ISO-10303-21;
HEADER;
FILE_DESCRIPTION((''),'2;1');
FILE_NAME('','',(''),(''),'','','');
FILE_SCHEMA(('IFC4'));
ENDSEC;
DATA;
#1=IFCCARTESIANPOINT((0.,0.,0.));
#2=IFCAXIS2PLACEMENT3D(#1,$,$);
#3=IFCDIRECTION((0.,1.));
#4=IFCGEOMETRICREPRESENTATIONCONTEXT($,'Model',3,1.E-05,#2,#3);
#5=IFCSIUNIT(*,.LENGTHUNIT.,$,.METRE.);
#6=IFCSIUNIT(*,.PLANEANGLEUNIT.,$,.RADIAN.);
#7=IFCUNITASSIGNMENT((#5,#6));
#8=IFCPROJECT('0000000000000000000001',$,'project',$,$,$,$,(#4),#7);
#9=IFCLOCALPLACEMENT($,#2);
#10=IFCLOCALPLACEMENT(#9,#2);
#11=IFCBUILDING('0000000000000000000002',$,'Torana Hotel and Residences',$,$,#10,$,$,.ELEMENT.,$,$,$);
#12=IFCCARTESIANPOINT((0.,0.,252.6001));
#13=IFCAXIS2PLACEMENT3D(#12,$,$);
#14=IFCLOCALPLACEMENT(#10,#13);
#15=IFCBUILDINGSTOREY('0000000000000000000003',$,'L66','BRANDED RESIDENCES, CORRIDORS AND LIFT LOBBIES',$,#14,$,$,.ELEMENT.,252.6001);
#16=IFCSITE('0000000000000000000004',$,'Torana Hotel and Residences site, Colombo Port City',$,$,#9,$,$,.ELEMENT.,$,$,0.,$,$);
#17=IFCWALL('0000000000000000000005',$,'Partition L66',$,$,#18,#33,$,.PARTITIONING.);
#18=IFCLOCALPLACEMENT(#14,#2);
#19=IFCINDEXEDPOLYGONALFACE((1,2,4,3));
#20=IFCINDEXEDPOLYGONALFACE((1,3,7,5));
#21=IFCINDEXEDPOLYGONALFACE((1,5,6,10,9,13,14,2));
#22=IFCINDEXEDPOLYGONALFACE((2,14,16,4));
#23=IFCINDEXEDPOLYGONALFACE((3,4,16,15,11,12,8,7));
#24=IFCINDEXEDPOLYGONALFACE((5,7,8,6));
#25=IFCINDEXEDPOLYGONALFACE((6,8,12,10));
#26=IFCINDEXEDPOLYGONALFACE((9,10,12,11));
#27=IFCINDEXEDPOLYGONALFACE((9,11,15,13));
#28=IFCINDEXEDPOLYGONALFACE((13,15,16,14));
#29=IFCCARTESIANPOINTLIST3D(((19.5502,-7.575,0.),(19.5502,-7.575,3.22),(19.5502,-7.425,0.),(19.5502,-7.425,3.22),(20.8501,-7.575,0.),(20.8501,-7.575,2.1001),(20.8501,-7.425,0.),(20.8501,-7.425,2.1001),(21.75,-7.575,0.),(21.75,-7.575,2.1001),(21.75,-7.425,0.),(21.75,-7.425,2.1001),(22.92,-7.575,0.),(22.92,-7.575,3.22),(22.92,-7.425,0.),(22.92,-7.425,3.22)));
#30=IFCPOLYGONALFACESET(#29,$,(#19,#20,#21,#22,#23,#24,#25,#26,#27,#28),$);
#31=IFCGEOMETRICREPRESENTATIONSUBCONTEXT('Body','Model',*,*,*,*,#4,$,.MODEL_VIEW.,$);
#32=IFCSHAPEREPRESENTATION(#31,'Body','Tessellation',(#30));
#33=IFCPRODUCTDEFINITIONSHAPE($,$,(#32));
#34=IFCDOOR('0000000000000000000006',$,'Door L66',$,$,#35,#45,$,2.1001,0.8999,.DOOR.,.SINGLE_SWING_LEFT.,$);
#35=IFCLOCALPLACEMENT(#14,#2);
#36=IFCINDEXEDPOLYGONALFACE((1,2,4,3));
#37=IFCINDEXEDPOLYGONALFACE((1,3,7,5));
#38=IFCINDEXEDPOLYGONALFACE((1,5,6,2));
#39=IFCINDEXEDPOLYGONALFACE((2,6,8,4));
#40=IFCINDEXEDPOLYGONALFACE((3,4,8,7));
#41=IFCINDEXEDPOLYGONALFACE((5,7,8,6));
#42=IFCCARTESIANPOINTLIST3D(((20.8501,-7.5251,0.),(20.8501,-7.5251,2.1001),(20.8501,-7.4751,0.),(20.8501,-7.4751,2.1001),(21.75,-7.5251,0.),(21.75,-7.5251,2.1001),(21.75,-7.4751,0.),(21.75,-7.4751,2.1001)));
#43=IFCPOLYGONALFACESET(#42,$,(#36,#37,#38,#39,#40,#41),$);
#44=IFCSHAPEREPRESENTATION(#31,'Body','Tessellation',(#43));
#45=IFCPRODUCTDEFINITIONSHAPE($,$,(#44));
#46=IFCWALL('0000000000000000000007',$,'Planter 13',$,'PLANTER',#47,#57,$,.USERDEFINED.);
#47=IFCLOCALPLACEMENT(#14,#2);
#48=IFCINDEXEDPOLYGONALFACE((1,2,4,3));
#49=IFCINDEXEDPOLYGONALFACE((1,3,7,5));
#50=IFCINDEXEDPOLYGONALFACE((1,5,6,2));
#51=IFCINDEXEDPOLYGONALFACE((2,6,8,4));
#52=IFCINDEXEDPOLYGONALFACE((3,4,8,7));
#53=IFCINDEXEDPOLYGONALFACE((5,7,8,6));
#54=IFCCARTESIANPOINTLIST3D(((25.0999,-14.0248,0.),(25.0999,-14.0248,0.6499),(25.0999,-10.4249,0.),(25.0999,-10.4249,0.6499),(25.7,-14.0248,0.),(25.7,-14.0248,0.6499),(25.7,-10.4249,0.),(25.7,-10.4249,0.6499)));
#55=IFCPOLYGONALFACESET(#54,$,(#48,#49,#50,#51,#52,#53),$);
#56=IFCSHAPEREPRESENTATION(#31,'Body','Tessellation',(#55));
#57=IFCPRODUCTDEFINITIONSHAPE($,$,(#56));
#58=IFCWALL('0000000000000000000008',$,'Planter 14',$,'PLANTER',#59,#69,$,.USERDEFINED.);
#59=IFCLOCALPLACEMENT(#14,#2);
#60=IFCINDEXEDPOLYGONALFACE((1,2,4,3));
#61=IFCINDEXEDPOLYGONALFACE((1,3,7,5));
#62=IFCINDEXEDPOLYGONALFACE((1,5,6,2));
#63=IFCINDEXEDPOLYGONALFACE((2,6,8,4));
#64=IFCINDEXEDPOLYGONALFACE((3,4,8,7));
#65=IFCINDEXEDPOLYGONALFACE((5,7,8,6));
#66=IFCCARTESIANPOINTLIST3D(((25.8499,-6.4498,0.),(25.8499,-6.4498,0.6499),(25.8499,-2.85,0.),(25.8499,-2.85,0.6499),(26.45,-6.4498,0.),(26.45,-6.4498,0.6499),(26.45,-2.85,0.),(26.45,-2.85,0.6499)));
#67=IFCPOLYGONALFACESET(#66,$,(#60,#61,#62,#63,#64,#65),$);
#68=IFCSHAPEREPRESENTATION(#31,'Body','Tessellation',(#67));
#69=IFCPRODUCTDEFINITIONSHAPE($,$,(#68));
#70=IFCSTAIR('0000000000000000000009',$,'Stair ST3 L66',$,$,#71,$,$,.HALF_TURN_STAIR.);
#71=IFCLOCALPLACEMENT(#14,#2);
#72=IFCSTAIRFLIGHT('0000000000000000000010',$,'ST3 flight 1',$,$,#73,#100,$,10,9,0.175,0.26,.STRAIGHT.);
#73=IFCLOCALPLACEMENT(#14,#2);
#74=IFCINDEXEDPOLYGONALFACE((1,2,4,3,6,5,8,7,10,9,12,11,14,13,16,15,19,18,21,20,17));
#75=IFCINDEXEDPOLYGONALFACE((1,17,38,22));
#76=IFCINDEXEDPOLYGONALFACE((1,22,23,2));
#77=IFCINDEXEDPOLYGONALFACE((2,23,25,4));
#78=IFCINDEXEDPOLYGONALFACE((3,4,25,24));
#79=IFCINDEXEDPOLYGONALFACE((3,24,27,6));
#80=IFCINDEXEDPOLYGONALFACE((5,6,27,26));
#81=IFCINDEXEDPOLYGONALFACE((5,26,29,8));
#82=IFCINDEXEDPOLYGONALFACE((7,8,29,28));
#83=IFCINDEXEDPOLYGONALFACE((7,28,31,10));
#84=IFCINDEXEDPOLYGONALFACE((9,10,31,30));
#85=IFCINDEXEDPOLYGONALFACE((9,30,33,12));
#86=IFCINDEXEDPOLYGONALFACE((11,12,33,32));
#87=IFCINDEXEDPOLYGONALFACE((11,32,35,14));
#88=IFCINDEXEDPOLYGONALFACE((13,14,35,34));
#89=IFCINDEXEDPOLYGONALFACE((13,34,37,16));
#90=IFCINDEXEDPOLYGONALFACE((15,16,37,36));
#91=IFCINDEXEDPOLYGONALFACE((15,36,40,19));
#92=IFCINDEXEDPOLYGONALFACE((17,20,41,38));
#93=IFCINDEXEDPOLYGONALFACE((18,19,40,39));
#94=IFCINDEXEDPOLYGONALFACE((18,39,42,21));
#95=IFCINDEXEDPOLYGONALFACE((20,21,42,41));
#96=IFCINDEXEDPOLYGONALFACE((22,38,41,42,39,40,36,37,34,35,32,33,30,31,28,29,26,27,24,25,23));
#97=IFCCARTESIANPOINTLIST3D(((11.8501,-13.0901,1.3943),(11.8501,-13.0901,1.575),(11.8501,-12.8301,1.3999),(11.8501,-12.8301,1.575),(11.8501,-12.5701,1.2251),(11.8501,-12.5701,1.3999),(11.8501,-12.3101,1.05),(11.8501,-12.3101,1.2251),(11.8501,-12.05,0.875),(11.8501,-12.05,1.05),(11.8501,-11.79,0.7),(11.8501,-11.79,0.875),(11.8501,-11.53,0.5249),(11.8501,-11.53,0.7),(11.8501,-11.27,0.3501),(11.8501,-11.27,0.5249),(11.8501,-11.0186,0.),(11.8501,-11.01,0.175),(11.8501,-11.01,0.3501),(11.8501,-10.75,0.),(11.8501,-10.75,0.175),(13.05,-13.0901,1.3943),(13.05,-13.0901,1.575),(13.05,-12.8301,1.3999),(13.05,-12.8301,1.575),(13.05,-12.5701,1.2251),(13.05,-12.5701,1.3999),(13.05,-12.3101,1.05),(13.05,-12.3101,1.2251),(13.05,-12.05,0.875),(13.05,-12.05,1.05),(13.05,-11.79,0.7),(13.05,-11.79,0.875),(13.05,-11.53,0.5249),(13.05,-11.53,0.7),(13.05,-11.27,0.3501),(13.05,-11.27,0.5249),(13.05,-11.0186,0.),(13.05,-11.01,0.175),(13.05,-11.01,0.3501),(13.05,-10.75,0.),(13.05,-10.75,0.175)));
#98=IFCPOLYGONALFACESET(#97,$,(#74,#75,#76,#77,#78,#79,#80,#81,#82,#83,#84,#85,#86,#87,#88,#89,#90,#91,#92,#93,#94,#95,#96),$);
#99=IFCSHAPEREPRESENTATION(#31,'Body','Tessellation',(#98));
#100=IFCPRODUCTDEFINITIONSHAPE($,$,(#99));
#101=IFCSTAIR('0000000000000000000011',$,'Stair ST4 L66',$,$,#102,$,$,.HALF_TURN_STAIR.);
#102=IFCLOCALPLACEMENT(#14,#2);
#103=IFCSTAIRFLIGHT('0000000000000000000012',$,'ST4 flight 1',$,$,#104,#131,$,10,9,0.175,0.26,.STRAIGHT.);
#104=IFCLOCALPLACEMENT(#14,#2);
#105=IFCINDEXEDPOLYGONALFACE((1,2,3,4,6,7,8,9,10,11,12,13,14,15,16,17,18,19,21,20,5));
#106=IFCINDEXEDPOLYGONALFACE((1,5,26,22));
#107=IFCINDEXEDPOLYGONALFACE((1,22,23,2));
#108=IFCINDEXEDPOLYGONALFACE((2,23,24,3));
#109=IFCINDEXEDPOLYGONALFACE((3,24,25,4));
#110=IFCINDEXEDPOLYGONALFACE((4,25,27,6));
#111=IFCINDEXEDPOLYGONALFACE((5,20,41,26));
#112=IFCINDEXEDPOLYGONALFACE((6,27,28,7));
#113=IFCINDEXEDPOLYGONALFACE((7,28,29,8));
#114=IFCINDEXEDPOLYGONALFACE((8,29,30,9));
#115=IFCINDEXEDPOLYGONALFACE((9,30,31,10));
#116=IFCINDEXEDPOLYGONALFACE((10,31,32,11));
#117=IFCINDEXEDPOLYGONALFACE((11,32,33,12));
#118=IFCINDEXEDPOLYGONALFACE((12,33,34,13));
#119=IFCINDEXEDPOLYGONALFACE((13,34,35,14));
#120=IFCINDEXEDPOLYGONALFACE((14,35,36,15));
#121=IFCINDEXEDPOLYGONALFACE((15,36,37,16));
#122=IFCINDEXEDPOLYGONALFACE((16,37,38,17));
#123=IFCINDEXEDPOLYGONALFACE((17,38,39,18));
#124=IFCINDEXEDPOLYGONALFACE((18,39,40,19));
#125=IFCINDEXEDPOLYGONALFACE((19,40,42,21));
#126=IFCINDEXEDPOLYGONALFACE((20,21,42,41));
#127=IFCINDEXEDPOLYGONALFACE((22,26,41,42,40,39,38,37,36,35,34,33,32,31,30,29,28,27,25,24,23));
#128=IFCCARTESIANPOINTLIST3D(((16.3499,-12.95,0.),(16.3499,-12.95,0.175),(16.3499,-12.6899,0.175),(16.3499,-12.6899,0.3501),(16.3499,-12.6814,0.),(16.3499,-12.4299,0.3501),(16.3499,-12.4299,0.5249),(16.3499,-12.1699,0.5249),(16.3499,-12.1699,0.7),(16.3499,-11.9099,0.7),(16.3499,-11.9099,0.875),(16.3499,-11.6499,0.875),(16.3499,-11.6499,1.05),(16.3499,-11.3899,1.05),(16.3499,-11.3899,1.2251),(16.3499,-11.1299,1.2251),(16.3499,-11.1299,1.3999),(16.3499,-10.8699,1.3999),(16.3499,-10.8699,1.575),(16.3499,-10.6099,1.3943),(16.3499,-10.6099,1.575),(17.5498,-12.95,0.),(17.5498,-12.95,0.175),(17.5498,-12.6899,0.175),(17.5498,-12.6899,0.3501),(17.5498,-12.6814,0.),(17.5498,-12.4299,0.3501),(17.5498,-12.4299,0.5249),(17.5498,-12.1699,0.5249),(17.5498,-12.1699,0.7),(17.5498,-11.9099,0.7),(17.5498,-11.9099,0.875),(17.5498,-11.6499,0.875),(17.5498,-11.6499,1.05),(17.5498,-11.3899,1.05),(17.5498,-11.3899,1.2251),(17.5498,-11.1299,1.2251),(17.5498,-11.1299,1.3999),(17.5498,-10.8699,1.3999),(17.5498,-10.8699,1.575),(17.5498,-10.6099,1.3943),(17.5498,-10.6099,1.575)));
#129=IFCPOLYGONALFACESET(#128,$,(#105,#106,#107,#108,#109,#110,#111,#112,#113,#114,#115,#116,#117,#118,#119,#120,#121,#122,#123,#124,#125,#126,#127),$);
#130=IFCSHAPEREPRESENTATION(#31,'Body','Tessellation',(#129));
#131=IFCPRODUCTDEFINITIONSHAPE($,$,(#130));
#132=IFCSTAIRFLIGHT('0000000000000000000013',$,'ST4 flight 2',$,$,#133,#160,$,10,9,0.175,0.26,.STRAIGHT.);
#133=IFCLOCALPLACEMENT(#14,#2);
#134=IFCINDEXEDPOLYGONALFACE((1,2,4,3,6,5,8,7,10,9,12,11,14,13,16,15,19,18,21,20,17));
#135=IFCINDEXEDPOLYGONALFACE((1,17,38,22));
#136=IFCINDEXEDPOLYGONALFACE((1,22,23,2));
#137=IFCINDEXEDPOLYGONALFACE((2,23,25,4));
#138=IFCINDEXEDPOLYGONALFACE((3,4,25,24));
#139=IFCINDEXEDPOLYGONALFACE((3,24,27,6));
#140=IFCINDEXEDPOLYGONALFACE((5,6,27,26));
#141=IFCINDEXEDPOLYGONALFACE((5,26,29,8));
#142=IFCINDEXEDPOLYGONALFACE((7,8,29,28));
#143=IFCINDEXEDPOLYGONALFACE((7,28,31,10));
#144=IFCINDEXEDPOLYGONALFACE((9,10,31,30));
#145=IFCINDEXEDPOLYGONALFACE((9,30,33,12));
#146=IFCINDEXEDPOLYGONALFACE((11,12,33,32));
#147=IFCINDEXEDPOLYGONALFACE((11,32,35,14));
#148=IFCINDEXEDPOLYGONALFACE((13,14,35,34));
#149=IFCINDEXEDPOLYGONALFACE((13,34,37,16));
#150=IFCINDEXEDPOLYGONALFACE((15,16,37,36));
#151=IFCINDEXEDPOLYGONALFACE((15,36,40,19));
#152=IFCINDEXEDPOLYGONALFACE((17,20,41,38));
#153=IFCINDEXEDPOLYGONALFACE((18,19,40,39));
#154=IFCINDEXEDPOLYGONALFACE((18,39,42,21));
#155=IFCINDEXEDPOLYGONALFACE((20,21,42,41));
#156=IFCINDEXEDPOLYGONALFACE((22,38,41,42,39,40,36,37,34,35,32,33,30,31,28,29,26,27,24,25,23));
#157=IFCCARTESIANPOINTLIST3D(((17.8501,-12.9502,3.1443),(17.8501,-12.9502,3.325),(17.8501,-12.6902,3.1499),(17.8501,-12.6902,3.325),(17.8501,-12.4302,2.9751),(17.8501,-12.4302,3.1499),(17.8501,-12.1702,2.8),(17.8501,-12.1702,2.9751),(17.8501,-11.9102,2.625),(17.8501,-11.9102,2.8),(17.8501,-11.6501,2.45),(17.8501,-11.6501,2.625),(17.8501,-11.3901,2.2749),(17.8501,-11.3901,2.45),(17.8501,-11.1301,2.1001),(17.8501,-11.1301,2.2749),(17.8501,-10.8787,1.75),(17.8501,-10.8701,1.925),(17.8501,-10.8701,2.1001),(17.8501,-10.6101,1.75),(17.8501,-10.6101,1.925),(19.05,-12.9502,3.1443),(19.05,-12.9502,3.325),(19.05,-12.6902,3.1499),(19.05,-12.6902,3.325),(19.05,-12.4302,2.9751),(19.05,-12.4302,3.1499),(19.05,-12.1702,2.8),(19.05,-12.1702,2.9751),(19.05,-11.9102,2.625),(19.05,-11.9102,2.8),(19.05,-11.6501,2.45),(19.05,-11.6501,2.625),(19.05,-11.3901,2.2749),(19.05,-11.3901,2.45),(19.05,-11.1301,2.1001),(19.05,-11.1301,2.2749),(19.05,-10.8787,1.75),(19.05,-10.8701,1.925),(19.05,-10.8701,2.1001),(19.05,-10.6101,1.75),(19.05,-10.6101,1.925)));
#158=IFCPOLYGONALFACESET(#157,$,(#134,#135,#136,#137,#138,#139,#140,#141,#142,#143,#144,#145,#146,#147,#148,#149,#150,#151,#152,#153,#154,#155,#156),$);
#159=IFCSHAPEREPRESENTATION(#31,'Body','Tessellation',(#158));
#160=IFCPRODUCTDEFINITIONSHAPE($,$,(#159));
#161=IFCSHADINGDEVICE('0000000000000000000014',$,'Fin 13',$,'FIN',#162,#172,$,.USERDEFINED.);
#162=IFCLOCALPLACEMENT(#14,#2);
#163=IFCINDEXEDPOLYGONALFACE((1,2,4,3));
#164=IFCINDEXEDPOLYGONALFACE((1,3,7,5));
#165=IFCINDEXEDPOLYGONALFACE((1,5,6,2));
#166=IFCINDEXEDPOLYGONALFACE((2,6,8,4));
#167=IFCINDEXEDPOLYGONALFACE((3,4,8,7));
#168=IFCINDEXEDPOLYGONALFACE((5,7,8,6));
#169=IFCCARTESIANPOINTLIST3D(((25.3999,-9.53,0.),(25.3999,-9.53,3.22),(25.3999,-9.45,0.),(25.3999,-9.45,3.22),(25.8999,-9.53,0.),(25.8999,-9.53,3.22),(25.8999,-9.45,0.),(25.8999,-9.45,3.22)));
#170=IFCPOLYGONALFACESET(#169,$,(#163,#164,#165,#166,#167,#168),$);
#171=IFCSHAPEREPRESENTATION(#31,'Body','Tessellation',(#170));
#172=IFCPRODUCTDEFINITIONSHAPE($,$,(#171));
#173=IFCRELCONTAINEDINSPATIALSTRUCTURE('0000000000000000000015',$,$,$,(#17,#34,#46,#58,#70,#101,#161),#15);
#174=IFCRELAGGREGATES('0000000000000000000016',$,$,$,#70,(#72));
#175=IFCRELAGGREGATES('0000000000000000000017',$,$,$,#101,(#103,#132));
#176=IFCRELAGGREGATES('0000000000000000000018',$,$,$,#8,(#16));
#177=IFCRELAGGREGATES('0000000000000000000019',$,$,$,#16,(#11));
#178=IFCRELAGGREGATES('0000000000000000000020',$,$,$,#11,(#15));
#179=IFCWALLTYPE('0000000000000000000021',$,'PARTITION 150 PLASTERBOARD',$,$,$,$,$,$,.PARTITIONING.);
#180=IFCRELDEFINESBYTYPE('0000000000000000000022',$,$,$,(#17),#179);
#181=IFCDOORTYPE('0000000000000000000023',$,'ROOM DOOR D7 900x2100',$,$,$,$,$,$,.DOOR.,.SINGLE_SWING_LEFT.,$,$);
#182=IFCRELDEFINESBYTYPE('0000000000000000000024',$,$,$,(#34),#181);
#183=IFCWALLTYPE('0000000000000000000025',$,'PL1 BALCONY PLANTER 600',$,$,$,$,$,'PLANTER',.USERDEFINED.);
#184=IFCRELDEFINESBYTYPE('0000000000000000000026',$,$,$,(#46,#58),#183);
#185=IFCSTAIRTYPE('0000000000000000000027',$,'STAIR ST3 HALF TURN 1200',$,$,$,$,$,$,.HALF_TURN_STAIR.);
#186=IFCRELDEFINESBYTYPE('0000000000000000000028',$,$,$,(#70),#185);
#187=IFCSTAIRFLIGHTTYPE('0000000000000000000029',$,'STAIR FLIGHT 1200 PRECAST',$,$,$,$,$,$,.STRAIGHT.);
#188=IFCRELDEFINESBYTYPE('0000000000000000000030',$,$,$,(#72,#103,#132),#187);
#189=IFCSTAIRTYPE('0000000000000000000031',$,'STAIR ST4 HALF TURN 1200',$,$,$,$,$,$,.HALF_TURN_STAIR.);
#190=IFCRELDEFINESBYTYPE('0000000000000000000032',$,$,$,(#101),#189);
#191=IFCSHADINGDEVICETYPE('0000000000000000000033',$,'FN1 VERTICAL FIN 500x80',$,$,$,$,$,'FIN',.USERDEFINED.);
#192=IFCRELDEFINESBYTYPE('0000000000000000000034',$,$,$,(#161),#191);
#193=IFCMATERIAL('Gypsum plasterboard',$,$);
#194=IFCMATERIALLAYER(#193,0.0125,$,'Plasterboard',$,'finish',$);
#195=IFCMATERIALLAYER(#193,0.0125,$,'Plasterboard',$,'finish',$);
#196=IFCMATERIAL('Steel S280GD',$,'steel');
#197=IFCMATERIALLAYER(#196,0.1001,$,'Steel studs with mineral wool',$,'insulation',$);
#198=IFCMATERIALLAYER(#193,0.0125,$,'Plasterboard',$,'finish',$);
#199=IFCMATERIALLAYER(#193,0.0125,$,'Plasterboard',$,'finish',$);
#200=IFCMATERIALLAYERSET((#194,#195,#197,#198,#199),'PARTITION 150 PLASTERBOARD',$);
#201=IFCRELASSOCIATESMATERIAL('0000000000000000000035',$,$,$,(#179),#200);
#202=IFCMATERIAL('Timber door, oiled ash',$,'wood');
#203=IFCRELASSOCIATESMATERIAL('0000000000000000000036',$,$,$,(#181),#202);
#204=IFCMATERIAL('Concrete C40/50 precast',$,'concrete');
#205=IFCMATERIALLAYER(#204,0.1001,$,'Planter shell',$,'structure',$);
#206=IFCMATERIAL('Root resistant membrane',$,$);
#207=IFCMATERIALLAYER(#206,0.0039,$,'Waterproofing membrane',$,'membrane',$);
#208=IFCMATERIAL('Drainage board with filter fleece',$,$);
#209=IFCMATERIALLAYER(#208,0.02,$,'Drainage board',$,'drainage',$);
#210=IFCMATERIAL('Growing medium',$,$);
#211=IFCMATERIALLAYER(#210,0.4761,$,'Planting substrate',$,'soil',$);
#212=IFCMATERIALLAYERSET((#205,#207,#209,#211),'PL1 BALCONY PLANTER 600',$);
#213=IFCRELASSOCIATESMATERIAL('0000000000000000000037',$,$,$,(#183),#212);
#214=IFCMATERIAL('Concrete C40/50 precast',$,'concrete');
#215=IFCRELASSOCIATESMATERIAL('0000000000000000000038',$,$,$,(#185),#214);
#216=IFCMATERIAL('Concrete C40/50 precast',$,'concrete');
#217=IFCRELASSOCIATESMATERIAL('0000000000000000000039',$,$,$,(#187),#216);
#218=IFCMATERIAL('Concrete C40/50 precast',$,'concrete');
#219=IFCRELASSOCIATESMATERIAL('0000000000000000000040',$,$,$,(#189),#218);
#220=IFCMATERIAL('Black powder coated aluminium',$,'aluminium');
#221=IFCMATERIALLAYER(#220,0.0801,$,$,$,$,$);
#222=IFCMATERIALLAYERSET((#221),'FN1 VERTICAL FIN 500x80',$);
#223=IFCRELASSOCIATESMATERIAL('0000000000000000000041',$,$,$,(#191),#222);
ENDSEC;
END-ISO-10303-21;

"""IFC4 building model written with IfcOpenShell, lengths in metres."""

from ifc_helpers import new_model, si_unit, direction, frame, frame_2d, origin, origin_2d, place, context, subcontext, project, spatial, polyline, rectangle, outline, extrude, material, layer, layer_set, type_object, element, fill, aggregate, save


model = new_model("IFC4")

# Units and contexts
model_context = context("Model", 3, precision=1e-05, world=origin(), true_north=direction((0.0, 1.0)))
body_context = subcontext(model_context, "Body", "Model", "MODEL_VIEW")
ifc_project = project(units=[si_unit("LENGTHUNIT", "METRE"), si_unit("PLANEANGLEUNIT", "RADIAN")], contexts=[model_context])

# Site, building, storey
site_placement = place(None, origin())
site = spatial("IfcSite", under=ifc_project, at=site_placement, Name="Torana Hotel and Residences site, Colombo Port City", CompositionType="ELEMENT", RefElevation=0.0)
building_placement = place(site_placement, origin())
building = spatial("IfcBuilding", under=site, at=building_placement, Name="Torana Hotel and Residences", CompositionType="ELEMENT")
storey_placement = place(building_placement, frame((0.0, 0.0, 252.6001)))
storey = spatial("IfcBuildingStorey", under=building, at=storey_placement, Name="L66", Description="BRANDED RESIDENCES, CORRIDORS AND LIFT LOBBIES", CompositionType="ELEMENT", Elevation=252.6001)

# Shared definitions
ifc_material_1 = material(Name="Steel S280GD", Category="steel")

# Shared definitions
ifc_material_2 = material(Name="Concrete C40/50 precast", Category="concrete")

# Shared definitions
ifc_material_3 = material(Name="Gypsum plasterboard")
ifc_layer_1 = layer(ifc_material_3, 0.0125, Name="Plasterboard", Category="finish")
ifc_layer_2 = layer(ifc_material_3, 0.0125, Name="Plasterboard", Category="finish")
ifc_layer_3 = layer(ifc_material_1, 0.1001, Name="Steel studs with mineral wool", Category="insulation")
ifc_layer_4 = layer(ifc_material_3, 0.0125, Name="Plasterboard", Category="finish")
ifc_layer_5 = layer(ifc_material_3, 0.0125, Name="Plasterboard", Category="finish")
ifc_layer_set_1 = layer_set([ifc_layer_1, ifc_layer_2, ifc_layer_3, ifc_layer_4, ifc_layer_5], Name="PARTITION 150 PLASTERBOARD")
wall_type_1 = type_object("IfcWallType", Name="PARTITION 150 PLASTERBOARD", PredefinedType="PARTITIONING", material=ifc_layer_set_1)

# Wall, opening, door
wall_1_placement = place(storey_placement, frame((19.55, -7.5, 0.0), z_axis=(0.0, 0.0, 1.0), x_axis=(1.0, 0.0, 0.0)))
wall_1 = element("IfcWall", 1, at=wall_1_placement, inside=storey, type_object=wall_type_1, Name="Partition L66", PredefinedType="PARTITIONING", context=body_context, shape_type="SweptSolid", body=[
    extrude(rectangle(XDim=3.3699, YDim=0.1499, at=frame_2d((1.6851, 0.0))), origin(), (0.0, 0.0, 1.0), 3.22),
])
opening_1_placement = place(wall_1_placement, frame((1.3, 0.0, 0.0)))
opening_1 = element("IfcOpeningElement", 2, at=opening_1_placement, cuts=wall_1, PredefinedType="OPENING", context=body_context, shape_type="SweptSolid", body=[
    extrude(rectangle(XDim=0.8999, YDim=2.1001, at=frame_2d((0.45, 1.05))), frame((0.0, 0.085, 0.0), z_axis=(0.0, -1.0, 0.0), x_axis=(1.0, 0.0, 0.0)), (0.0, 0.0, 1.0), 0.1699),
])
ifc_material_4 = material(Name="Timber door, oiled ash", Category="wood")
door_type = type_object("IfcDoorType", Name="ROOM DOOR D7 900x2100", OperationType="SINGLE_SWING_LEFT", PredefinedType="DOOR", material=ifc_material_4)
door_placement = place(opening_1_placement, origin())
door = element("IfcDoor", 3, at=door_placement, inside=storey, type_object=door_type, Name="Door L66", OperationType="SINGLE_SWING_LEFT", OverallHeight=2.1001, OverallWidth=0.8999, PredefinedType="DOOR", context=body_context, shape_type="SweptSolid", body=[
    extrude(rectangle(XDim=0.8999, YDim=2.1001, at=frame_2d((0.45, 1.05))), frame((0.0, 0.0249, 0.0), z_axis=(0.0, -1.0, 0.0), x_axis=(1.0, 0.0, 0.0)), (0.0, 0.0, 1.0), 0.05),
])
fill(opening_1, door)

# Walls
ifc_layer_6 = layer(ifc_material_2, 0.1001, Name="Planter shell", Category="structure")
ifc_material_5 = material(Name="Root resistant membrane")
ifc_layer_7 = layer(ifc_material_5, 0.0039, Name="Waterproofing membrane", Category="membrane")
ifc_material_6 = material(Name="Drainage board with filter fleece")
ifc_layer_8 = layer(ifc_material_6, 0.02, Name="Drainage board", Category="drainage")
ifc_material_7 = material(Name="Growing medium")
ifc_layer_9 = layer(ifc_material_7, 0.4761, Name="Planting substrate", Category="soil")
ifc_layer_set_2 = layer_set([ifc_layer_6, ifc_layer_7, ifc_layer_8, ifc_layer_9], Name="PL1 BALCONY PLANTER 600")
wall_type_2 = type_object("IfcWallType", Name="PL1 BALCONY PLANTER 600", ElementType="PLANTER", PredefinedType="USERDEFINED", material=ifc_layer_set_2)
for number, where, z_axis, x_axis, name in (
    (4, (25.3999, -10.425, 0.0), (0.0, 0.0, 1.0), (0.0, -1.0, 0.0), "Planter 13"),
    (5, (26.1499, -2.8501, 0.0), (0.0, 0.0, 1.0), (0.0, -1.0, 0.0), "Planter 14"),
):
    element("IfcWall", number, at=place(storey_placement, frame(where, z_axis=z_axis, x_axis=x_axis)), inside=storey, type_object=wall_type_2, Name=name, ObjectType="PLANTER", PredefinedType="USERDEFINED", context=body_context, shape_type="SweptSolid", body=[
        extrude(rectangle(XDim=3.5999, YDim=0.6001, at=frame_2d((1.7998, 0.0))), origin(), (0.0, 0.0, 1.0), 0.6499),
    ])

# Stair, stair flight
ifc_material_8 = material(Name="Concrete C40/50 precast", Category="concrete")
stair_type_1 = type_object("IfcStairType", Name="STAIR ST3 HALF TURN 1200", PredefinedType="HALF_TURN_STAIR", material=ifc_material_8)
stair_1_placement = place(storey_placement, origin())
stair_1 = element("IfcStair", 6, at=stair_1_placement, inside=storey, type_object=stair_type_1, Name="Stair ST3 L66", PredefinedType="HALF_TURN_STAIR")
ifc_material_9 = material(Name="Concrete C40/50 precast", Category="concrete")
stair_flight_type = type_object("IfcStairFlightType", Name="STAIR FLIGHT 1200 PRECAST", PredefinedType="STRAIGHT", material=ifc_material_9)
stair_flight_1_placement = place(storey_placement, frame((12.45, -10.75, 0.0), z_axis=(0.0, 0.0, 1.0), x_axis=(0.0, -1.0, 0.0)))
stair_flight_1 = element("IfcStairFlight", 7, at=stair_flight_1_placement, type_object=stair_flight_type, Name="ST3 flight 1", NumberOfRisers=10, NumberOfTreads=9, PredefinedType="STRAIGHT", RiserHeight=0.175, TreadLength=0.26, context=body_context, shape_type="SweptSolid", body=[
    extrude(outline(polyline([(0.0, 0.0), (0.0, 0.175), (0.26, 0.175), (0.26, 0.3501), (0.52, 0.3501), (0.52, 0.5249), (0.78, 0.5249), (0.78, 0.7), (1.04, 0.7), (1.04, 0.875), (1.3, 0.875), (1.3, 1.05), (1.5601, 1.05), (1.5601, 1.2251), (1.8201, 1.2251), (1.8201, 1.3999), (2.0801, 1.3999), (2.0801, 1.575), (2.3401, 1.575), (2.3401, 1.75), (2.3401, 1.3943), (0.2686, 0.0), (0.0, 0.0)])), frame((0.0, 0.6001, 0.0), z_axis=(0.0, -1.0, 0.0), x_axis=(1.0, 0.0, 0.0)), (0.0, 0.0, 1.0), 1.2),
])
aggregate(stair_1, [stair_flight_1])

# Stair, stair flights
ifc_material_10 = material(Name="Concrete C40/50 precast", Category="concrete")
stair_type_2 = type_object("IfcStairType", Name="STAIR ST4 HALF TURN 1200", PredefinedType="HALF_TURN_STAIR", material=ifc_material_10)
stair_2_placement = place(storey_placement, origin())
stair_2 = element("IfcStair", 8, at=stair_2_placement, inside=storey, type_object=stair_type_2, Name="Stair ST4 L66", PredefinedType="HALF_TURN_STAIR")
stair_flight_2_placement = place(storey_placement, frame((16.95, -12.95, 0.0), z_axis=(0.0, 0.0, 1.0), x_axis=(0.0, 1.0, 0.0)))
stair_flight_2 = element("IfcStairFlight", 9, at=stair_flight_2_placement, type_object=stair_flight_type, Name="ST4 flight 1", NumberOfRisers=10, NumberOfTreads=9, PredefinedType="STRAIGHT", RiserHeight=0.175, TreadLength=0.26, context=body_context, shape_type="SweptSolid", body=[
    extrude(outline(polyline([(0.0, 0.0), (0.0, 0.175), (0.26, 0.175), (0.26, 0.3501), (0.52, 0.3501), (0.52, 0.5249), (0.78, 0.5249), (0.78, 0.7), (1.04, 0.7), (1.04, 0.875), (1.3, 0.875), (1.3, 1.05), (1.5601, 1.05), (1.5601, 1.2251), (1.8201, 1.2251), (1.8201, 1.3999), (2.0801, 1.3999), (2.0801, 1.575), (2.3401, 1.575), (2.3401, 1.75), (2.3401, 1.3943), (0.2686, 0.0), (0.0, 0.0)])), frame((0.0, 0.6001, 0.0), z_axis=(0.0, -1.0, 0.0), x_axis=(1.0, 0.0, 0.0)), (0.0, 0.0, 1.0), 1.2),
])
stair_flight_3_placement = place(storey_placement, frame((18.45, -10.6101, 1.75), z_axis=(0.0, 0.0, 1.0), x_axis=(0.0, -1.0, 0.0)))
stair_flight_3 = element("IfcStairFlight", 10, at=stair_flight_3_placement, type_object=stair_flight_type, Name="ST4 flight 2", NumberOfRisers=10, NumberOfTreads=9, PredefinedType="STRAIGHT", RiserHeight=0.175, TreadLength=0.26, context=body_context, shape_type="SweptSolid", body=[
    extrude(outline(polyline([(0.0, 0.0), (0.0, 0.175), (0.26, 0.175), (0.26, 0.3501), (0.52, 0.3501), (0.52, 0.5249), (0.78, 0.5249), (0.78, 0.7), (1.04, 0.7), (1.04, 0.875), (1.3, 0.875), (1.3, 1.05), (1.5601, 1.05), (1.5601, 1.2251), (1.8201, 1.2251), (1.8201, 1.3999), (2.0801, 1.3999), (2.0801, 1.575), (2.3401, 1.575), (2.3401, 1.75), (2.3401, 1.3943), (0.2686, 0.0), (0.0, 0.0)])), frame((0.0, 0.6001, 0.0), z_axis=(0.0, -1.0, 0.0), x_axis=(1.0, 0.0, 0.0)), (0.0, 0.0, 1.0), 1.2),
])
aggregate(stair_2, [stair_flight_2, stair_flight_3])

# Shading device
ifc_material_11 = material(Name="Black powder coated aluminium", Category="aluminium")
ifc_layer_10 = layer(ifc_material_11, 0.0801)
ifc_layer_set_3 = layer_set([ifc_layer_10], Name="FN1 VERTICAL FIN 500x80")
shading_device_type_1 = type_object("IfcShadingDeviceType", Name="FN1 VERTICAL FIN 500x80", ElementType="FIN", PredefinedType="USERDEFINED", material=ifc_layer_set_3)
shading_device_1_placement = place(storey_placement, frame((25.6499, -9.49, 0.0), z_axis=(0.0, 0.0, 1.0), x_axis=(0.0, -1.0, 0.0)))
element("IfcShadingDevice", 11, at=shading_device_1_placement, inside=storey, type_object=shading_device_type_1, Name="Fin 13", ObjectType="FIN", PredefinedType="USERDEFINED", context=body_context, shape_type="SweptSolid", body=[
    extrude(rectangle(XDim=0.0801, YDim=0.5, at=origin_2d()), origin(), (0.0, 0.0, 1.0), 3.22),
])

save(model, "model.ifc")
